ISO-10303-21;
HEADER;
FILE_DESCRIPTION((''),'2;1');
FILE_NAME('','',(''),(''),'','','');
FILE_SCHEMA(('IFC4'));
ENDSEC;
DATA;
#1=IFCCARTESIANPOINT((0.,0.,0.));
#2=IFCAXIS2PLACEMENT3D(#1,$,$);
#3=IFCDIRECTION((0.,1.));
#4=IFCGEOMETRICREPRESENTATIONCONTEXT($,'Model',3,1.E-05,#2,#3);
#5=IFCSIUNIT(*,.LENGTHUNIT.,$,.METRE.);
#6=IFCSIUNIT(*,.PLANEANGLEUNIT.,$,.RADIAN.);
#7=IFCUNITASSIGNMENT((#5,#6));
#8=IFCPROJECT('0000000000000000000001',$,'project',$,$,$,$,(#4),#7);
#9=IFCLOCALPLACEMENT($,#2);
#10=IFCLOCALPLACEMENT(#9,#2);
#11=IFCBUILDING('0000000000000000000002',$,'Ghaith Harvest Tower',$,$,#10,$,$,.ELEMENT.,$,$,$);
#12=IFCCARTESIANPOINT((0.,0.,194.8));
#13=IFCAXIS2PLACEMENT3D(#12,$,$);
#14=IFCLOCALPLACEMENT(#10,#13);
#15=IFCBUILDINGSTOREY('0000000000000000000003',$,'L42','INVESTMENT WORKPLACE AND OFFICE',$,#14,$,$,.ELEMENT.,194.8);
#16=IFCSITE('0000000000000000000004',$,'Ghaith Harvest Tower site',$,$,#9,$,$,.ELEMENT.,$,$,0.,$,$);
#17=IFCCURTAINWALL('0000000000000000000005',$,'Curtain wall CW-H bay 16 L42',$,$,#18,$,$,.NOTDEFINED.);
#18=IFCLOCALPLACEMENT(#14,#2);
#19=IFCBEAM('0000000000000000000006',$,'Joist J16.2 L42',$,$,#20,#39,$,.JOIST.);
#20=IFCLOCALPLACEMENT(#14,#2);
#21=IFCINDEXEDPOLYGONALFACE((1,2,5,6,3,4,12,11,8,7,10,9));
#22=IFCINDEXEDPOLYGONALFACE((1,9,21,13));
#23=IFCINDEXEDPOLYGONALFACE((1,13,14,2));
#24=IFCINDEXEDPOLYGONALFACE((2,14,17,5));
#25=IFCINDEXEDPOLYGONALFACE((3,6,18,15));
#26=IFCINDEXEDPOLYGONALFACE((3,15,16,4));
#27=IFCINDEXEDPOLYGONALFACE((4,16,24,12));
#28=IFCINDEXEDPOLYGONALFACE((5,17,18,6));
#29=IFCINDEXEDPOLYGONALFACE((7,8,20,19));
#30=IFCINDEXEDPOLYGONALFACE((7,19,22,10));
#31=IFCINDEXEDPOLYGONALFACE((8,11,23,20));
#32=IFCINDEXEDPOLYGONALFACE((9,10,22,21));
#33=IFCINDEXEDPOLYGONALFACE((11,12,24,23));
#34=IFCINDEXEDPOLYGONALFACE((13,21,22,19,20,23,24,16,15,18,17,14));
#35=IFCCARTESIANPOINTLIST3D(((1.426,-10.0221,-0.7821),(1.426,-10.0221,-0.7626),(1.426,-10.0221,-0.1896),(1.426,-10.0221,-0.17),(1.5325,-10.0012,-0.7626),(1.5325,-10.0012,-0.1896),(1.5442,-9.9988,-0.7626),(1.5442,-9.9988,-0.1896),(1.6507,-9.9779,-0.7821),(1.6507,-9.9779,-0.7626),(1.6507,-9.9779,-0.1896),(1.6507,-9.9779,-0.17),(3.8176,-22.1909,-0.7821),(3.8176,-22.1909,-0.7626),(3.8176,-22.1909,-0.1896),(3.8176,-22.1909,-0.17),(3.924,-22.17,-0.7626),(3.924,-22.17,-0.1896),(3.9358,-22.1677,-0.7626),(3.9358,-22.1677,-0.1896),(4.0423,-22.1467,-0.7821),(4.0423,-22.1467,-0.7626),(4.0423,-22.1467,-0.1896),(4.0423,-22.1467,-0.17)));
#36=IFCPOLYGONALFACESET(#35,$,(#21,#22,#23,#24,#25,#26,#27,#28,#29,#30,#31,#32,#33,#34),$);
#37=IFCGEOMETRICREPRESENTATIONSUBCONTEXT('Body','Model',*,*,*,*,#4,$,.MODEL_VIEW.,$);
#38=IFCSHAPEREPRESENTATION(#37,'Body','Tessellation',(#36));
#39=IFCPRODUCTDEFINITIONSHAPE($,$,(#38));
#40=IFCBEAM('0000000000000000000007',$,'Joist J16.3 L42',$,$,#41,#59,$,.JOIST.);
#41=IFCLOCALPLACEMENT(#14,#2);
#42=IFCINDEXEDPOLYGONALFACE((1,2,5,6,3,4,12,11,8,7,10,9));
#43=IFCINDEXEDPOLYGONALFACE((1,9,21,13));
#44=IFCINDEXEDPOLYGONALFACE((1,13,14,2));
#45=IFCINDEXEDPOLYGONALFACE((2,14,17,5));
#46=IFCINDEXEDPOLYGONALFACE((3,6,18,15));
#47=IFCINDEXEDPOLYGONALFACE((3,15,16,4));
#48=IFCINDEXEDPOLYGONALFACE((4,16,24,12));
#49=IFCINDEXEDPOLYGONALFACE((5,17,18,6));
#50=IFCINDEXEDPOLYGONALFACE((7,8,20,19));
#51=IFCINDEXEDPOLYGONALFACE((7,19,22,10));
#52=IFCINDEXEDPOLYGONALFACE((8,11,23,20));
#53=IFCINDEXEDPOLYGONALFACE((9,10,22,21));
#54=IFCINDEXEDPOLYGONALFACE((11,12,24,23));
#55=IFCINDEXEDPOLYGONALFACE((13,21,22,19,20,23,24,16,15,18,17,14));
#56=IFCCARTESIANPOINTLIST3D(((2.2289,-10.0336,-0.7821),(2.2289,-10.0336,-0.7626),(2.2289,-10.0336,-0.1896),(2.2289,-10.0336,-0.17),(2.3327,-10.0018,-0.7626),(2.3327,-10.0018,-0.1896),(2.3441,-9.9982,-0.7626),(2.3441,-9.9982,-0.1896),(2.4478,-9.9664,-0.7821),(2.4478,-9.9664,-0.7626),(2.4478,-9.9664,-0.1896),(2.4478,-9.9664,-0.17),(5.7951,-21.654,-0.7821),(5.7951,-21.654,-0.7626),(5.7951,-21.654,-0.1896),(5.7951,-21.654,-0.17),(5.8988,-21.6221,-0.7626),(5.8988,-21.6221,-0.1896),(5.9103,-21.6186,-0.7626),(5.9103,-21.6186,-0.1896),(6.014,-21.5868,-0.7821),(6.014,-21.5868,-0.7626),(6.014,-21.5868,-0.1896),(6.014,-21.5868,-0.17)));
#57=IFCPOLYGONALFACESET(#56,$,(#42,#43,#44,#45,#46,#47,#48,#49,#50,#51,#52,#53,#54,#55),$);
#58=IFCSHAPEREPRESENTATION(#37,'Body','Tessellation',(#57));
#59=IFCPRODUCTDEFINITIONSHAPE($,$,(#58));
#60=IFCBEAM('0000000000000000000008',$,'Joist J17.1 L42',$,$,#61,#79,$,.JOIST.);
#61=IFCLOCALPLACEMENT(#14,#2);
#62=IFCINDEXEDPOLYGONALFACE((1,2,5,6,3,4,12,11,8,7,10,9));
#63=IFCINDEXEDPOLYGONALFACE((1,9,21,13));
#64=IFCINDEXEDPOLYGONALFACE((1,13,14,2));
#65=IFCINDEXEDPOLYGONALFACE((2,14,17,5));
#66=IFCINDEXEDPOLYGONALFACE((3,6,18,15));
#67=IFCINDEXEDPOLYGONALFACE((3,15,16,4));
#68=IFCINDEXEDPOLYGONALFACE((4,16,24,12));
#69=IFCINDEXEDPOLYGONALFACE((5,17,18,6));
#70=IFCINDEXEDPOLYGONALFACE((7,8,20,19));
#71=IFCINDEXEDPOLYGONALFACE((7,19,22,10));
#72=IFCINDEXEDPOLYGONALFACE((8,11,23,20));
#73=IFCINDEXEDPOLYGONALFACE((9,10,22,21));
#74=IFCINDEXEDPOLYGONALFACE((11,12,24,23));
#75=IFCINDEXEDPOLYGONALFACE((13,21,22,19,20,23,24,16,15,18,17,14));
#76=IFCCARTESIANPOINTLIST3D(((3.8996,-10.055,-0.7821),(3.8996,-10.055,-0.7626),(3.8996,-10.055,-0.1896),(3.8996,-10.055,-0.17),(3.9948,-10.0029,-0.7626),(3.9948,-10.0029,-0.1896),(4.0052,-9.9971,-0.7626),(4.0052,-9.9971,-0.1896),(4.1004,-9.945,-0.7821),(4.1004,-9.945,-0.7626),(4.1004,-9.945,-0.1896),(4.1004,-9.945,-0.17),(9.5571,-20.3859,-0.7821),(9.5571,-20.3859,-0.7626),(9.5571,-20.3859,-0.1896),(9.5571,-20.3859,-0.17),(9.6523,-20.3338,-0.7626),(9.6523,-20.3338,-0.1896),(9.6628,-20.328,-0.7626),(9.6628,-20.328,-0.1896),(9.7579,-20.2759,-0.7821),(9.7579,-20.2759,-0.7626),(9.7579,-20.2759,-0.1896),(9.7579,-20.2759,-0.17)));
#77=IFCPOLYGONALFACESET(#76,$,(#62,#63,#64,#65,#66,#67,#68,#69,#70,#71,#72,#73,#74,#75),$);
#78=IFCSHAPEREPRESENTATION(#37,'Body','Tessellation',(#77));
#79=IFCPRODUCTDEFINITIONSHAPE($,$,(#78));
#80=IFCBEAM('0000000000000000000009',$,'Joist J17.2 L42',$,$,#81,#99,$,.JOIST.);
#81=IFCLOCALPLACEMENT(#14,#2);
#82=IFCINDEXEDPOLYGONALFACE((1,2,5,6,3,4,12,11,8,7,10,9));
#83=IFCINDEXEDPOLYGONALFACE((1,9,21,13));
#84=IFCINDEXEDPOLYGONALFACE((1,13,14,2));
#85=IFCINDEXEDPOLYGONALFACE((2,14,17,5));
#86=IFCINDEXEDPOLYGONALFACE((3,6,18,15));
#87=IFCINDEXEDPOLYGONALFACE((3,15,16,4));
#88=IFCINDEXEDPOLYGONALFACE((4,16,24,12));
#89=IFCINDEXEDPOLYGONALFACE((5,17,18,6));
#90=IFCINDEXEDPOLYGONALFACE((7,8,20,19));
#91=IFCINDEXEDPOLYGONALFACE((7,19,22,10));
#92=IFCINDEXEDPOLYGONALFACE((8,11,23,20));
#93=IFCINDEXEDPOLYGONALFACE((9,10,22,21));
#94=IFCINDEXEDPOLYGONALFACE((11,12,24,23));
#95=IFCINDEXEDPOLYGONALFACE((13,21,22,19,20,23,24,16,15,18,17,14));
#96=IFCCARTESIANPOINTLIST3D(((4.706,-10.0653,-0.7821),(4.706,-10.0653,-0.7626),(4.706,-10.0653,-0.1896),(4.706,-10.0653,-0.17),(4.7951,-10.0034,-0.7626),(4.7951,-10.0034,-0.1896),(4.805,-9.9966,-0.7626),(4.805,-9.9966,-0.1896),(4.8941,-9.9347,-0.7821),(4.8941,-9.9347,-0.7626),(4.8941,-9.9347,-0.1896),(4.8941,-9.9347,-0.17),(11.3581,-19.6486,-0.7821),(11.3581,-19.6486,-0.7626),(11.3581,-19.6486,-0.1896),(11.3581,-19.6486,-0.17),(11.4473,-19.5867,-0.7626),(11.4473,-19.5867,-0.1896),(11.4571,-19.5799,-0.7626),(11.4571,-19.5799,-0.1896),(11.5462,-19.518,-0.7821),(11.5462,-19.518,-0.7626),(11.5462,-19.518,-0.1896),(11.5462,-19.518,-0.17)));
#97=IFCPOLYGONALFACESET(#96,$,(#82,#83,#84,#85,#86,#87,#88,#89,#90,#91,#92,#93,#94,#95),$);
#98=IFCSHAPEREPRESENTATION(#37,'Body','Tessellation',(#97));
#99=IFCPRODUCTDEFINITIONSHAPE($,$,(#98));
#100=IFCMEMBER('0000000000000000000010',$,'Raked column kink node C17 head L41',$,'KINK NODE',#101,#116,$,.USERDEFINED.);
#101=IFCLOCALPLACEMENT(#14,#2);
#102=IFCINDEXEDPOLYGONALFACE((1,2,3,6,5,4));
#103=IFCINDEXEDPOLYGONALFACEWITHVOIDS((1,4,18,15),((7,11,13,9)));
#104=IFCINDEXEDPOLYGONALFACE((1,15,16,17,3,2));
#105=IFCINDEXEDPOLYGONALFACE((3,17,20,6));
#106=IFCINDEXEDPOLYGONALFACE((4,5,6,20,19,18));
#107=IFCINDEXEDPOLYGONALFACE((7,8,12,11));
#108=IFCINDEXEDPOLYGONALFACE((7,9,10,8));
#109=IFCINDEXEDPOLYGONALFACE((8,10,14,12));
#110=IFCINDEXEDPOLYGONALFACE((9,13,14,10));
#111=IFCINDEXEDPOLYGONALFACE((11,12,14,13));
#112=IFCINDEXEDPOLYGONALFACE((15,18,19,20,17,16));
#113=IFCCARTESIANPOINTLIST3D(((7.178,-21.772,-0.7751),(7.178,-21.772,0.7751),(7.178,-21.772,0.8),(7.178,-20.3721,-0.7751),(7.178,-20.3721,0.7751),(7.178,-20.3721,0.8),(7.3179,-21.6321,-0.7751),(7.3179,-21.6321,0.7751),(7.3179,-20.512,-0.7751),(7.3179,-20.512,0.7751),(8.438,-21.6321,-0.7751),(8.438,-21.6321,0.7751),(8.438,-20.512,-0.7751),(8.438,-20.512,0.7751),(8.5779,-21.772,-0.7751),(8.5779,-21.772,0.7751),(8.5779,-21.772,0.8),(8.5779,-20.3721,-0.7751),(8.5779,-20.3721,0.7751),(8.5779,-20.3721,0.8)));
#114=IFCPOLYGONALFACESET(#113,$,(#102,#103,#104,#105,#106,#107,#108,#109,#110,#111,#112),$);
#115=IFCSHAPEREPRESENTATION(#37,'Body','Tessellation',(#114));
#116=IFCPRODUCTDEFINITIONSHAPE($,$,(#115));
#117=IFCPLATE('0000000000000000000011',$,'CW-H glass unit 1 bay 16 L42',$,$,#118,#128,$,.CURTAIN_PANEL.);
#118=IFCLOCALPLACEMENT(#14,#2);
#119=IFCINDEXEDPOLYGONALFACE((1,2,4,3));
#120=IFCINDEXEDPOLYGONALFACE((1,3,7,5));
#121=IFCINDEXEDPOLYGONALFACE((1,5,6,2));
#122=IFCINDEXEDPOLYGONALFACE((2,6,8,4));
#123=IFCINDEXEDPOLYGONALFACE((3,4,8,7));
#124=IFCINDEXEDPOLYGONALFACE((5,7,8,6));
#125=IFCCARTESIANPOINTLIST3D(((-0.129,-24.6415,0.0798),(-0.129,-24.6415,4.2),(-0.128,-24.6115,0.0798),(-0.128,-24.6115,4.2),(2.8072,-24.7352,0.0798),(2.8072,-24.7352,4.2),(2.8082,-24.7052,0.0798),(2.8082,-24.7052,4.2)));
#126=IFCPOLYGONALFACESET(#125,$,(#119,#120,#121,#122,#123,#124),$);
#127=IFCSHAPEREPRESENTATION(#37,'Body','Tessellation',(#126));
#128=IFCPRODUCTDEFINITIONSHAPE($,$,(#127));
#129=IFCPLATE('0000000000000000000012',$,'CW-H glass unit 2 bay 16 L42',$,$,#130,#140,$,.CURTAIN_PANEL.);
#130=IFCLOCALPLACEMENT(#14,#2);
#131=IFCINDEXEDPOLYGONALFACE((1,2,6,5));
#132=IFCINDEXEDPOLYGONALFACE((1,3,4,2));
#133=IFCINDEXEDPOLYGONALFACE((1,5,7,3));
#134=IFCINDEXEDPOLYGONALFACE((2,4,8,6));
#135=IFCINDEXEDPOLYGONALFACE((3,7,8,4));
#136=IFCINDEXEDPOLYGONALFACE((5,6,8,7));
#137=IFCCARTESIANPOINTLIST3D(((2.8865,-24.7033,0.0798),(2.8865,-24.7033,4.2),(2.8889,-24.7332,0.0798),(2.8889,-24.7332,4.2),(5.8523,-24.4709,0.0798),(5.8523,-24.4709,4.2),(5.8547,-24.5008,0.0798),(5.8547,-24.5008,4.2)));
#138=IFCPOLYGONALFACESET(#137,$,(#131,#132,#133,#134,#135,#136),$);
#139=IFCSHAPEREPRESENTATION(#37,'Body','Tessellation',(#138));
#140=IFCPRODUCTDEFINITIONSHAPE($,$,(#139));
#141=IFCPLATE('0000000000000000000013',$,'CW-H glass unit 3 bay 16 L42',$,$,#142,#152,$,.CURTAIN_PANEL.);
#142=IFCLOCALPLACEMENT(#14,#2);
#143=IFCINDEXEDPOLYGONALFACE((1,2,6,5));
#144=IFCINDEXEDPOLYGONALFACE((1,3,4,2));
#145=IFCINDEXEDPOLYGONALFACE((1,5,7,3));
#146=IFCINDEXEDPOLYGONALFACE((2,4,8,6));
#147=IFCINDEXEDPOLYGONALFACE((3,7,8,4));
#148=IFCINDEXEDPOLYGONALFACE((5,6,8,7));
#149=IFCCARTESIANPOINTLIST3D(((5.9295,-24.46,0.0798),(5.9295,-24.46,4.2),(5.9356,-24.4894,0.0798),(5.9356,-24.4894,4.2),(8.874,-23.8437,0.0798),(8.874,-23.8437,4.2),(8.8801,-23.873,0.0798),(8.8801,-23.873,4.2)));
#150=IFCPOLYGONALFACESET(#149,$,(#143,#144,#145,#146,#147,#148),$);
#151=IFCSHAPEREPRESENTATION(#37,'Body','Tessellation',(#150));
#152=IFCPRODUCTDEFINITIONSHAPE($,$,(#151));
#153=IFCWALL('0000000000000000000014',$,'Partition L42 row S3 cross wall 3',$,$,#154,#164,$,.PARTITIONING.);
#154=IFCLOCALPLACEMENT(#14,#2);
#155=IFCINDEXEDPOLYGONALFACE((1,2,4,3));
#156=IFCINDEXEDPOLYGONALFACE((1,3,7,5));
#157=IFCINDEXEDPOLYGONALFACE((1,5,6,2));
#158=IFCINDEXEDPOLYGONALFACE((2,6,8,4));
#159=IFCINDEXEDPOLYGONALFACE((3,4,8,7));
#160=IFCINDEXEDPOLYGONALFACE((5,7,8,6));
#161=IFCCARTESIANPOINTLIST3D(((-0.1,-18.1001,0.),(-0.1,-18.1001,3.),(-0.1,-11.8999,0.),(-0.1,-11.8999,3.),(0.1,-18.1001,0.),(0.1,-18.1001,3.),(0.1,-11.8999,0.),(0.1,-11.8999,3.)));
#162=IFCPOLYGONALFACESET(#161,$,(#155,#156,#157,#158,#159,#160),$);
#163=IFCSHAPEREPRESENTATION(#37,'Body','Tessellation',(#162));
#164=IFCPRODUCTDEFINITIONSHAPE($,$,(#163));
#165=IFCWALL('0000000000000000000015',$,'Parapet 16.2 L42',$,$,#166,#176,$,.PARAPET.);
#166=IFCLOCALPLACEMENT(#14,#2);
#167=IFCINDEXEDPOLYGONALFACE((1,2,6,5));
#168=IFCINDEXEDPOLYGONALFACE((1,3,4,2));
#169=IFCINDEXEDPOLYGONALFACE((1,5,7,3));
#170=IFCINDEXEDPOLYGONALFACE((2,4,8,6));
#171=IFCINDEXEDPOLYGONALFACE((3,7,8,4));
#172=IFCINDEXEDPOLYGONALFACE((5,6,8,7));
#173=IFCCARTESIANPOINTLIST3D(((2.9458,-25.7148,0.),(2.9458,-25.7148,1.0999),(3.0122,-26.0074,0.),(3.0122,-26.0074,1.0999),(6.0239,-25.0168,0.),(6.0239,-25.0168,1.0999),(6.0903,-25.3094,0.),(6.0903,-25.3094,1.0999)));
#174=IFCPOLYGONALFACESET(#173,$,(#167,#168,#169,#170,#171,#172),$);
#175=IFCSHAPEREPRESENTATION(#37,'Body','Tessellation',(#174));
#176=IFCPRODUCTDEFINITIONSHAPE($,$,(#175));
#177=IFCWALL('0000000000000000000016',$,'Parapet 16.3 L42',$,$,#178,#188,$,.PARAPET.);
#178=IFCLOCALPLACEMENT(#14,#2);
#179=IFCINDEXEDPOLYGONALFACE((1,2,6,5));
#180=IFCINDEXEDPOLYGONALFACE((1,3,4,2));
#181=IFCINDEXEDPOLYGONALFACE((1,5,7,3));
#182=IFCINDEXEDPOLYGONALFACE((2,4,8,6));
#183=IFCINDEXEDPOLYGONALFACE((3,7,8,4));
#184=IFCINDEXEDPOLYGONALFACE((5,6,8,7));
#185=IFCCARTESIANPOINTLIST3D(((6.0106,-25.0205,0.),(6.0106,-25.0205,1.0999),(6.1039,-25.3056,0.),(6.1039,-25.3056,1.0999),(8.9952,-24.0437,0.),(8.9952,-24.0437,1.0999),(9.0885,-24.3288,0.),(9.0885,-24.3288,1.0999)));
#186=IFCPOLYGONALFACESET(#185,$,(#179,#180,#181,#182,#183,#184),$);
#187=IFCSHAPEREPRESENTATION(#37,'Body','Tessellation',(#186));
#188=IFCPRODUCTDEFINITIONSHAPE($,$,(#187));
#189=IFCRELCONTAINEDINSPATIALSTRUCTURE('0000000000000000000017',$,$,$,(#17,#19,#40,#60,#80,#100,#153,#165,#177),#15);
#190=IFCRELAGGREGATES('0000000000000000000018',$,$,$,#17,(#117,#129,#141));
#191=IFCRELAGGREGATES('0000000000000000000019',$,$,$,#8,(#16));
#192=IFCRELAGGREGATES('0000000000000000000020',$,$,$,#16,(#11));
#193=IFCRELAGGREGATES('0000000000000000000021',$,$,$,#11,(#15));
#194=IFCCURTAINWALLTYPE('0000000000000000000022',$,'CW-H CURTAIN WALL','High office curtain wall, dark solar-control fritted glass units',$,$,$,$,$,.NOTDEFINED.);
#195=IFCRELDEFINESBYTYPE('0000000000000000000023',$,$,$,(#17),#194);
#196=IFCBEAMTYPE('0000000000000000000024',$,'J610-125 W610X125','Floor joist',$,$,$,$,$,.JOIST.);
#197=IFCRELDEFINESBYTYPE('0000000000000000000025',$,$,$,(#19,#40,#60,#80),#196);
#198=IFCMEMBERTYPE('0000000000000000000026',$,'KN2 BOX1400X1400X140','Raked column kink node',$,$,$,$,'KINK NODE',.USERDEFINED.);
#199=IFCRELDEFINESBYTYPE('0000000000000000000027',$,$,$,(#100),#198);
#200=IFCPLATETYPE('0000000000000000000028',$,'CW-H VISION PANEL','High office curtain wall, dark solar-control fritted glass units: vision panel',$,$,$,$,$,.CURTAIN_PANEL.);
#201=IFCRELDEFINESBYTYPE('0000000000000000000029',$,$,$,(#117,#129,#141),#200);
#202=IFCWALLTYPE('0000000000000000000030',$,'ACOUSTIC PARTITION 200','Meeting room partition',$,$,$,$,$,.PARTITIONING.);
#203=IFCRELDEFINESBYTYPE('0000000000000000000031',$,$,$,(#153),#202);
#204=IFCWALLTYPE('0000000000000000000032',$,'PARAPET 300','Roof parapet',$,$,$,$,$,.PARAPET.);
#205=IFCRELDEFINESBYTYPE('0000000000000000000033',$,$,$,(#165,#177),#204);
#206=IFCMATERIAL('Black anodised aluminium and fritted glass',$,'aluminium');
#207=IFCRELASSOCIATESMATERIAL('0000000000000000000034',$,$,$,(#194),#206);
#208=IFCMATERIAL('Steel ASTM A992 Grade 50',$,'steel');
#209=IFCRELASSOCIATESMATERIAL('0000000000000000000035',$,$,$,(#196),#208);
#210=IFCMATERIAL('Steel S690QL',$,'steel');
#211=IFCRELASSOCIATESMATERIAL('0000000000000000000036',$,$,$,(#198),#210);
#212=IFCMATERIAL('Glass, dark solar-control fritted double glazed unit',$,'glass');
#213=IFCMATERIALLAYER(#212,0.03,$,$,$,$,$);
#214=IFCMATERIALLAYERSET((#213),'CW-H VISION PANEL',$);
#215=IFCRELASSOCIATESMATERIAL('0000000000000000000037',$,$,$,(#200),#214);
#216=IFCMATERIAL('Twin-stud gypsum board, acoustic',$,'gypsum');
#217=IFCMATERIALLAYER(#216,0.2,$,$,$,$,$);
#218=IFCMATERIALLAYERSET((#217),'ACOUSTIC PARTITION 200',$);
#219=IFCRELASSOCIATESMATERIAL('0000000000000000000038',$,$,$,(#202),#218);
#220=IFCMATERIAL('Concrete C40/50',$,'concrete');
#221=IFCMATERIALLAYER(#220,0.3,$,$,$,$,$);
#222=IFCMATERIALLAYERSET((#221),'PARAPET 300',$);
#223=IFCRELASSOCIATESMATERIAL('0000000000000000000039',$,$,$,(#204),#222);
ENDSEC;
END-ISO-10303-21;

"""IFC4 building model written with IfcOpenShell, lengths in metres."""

from ifc_helpers import new_model, si_unit, direction, frame, frame_2d, origin, origin_2d, place, context, subcontext, project, spatial, rectangle, hollow_rectangle, i_section, extrude, boolean, material, layer, layer_set, material_profile, profile_set, type_object, element, aggregate, save


model = new_model("IFC4")

# Units and contexts
model_context = context("Model", 3, precision=1e-05, world=origin(), true_north=direction((0.0, 1.0)))
body_context = subcontext(model_context, "Body", "Model", "MODEL_VIEW")
ifc_project = project(units=[si_unit("LENGTHUNIT", "METRE"), si_unit("PLANEANGLEUNIT", "RADIAN")], contexts=[model_context])

# Site, building, storey
site_placement = place(None, origin())
site = spatial("IfcSite", under=ifc_project, at=site_placement, Name="Ghaith Harvest Tower site", CompositionType="ELEMENT", RefElevation=0.0)
building_placement = place(site_placement, origin())
building = spatial("IfcBuilding", under=site, at=building_placement, Name="Ghaith Harvest Tower", CompositionType="ELEMENT")
storey_placement = place(building_placement, frame((0.0, 0.0, 194.8)))
storey = spatial("IfcBuildingStorey", under=building, at=storey_placement, Name="L42", Description="INVESTMENT WORKPLACE AND OFFICE", CompositionType="ELEMENT", Elevation=194.8)

# Curtain wall
ifc_material_1 = material(Name="Black anodised aluminium and fritted glass", Category="aluminium")
curtain_wall_type = type_object("IfcCurtainWallType", Name="CW-H CURTAIN WALL", Description="High office curtain wall, dark solar-control fritted glass units", PredefinedType="NOTDEFINED", material=ifc_material_1)
curtain_wall_placement = place(storey_placement, origin())
curtain_wall = element("IfcCurtainWall", 1, at=curtain_wall_placement, inside=storey, type_object=curtain_wall_type, Name="Curtain wall CW-H bay 16 L42", PredefinedType="NOTDEFINED")

# Beams
ifc_material_2 = material(Name="Steel ASTM A992 Grade 50", Category="steel")
ifc_material_profile_1 = material_profile(ifc_material_2, i_section(OverallWidth=0.229, OverallDepth=0.6121, WebThickness=0.012, FlangeThickness=0.0195, at=origin_2d()), Name="W610X125")
ifc_profile_set_1 = profile_set([ifc_material_profile_1], Name="Steel ASTM A992 Grade 50")
beam_type_1 = type_object("IfcBeamType", Name="J610-125 W610X125", Description="Floor joist", PredefinedType="JOIST", material=ifc_profile_set_1)
beam_1_placement = place(storey_placement, frame((1.5383, -10.0, -0.4761), z_axis=(0.192844, -0.981229, 0.0), x_axis=(0.981229, 0.192844, 0.0)))
element("IfcBeam", 2, at=beam_1_placement, inside=storey, type_object=beam_type_1, Name="Joist J16.2 L42", PredefinedType="JOIST", context=body_context, shape_type="SweptSolid", body=[
    extrude(i_section(OverallWidth=0.229, OverallDepth=0.6121, WebThickness=0.012, FlangeThickness=0.0195, at=origin_2d()), origin(), (0.0, 0.0, 1.0), 12.4016),
])
beam_2_placement = place(storey_placement, frame((2.3384, -10.0, -0.4761), z_axis=(0.293384, -0.955995, 0.0), x_axis=(0.955995, 0.293384, 0.0)))
element("IfcBeam", 3, at=beam_2_placement, inside=storey, type_object=beam_type_1, Name="Joist J16.3 L42", PredefinedType="JOIST", context=body_context, shape_type="SweptSolid", body=[
    extrude(i_section(OverallWidth=0.229, OverallDepth=0.6121, WebThickness=0.012, FlangeThickness=0.0195, at=origin_2d()), origin(), (0.0, 0.0, 1.0), 12.1553),
])
beam_3_placement = place(storey_placement, frame((4.0, -10.0, -0.4761), z_axis=(0.480323, -0.877092, 0.0), x_axis=(0.877092, 0.480323, 0.0)))
element("IfcBeam", 4, at=beam_3_placement, inside=storey, type_object=beam_type_1, Name="Joist J17.1 L42", PredefinedType="JOIST", context=body_context, shape_type="SweptSolid", body=[
    extrude(i_section(OverallWidth=0.229, OverallDepth=0.6121, WebThickness=0.012, FlangeThickness=0.0195, at=origin_2d()), origin(), (0.0, 0.0, 1.0), 11.7786),
])
beam_4_placement = place(storey_placement, frame((4.8, -10.0, -0.4761), z_axis=(0.570226, -0.821488, 0.0), x_axis=(0.821488, 0.570226, 0.0)))
element("IfcBeam", 5, at=beam_4_placement, inside=storey, type_object=beam_type_1, Name="Joist J17.2 L42", PredefinedType="JOIST", context=body_context, shape_type="SweptSolid", body=[
    extrude(i_section(OverallWidth=0.229, OverallDepth=0.6121, WebThickness=0.012, FlangeThickness=0.0195, at=origin_2d()), origin(), (0.0, 0.0, 1.0), 11.6658),
])

# Member
ifc_material_3 = material(Name="Steel S690QL", Category="steel")
ifc_material_profile_2 = material_profile(ifc_material_3, hollow_rectangle(XDim=1.3999, YDim=1.3999, WallThickness=0.1399, at=origin_2d()), Name="BOX1400X1400X140")
ifc_profile_set_2 = profile_set([ifc_material_profile_2], Name="Steel S690QL")
member_type_1 = type_object("IfcMemberType", Name="KN2 BOX1400X1400X140", Description="Raked column kink node", ElementType="KINK NODE", PredefinedType="USERDEFINED", material=ifc_profile_set_2)
member_1_placement = place(storey_placement, frame((7.8779, -21.072, -0.7751), z_axis=(0.0, 0.0, 1.0), x_axis=(1.0, 0.0, 0.0)))
element("IfcMember", 6, at=member_1_placement, inside=storey, type_object=member_type_1, Name="Raked column kink node C17 head L41", ObjectType="KINK NODE", PredefinedType="USERDEFINED", context=body_context, shape_type="CSG", body=[
    boolean("UNION", extrude(hollow_rectangle(XDim=1.3999, YDim=1.3999, WallThickness=0.1399, at=origin_2d()), origin(), (0.0, 0.0, 1.0), 1.5503), extrude(rectangle(XDim=1.3999, YDim=1.3999, at=origin_2d()), frame((0.0, 0.0, 1.5503)), (0.0, 0.0, 1.0), 0.0249)),
])

# Plates
ifc_material_4 = material(Name="Glass, dark solar-control fritted double glazed unit", Category="glass")
ifc_layer_1 = layer(ifc_material_4, 0.03)
ifc_layer_set_1 = layer_set([ifc_layer_1], Name="CW-H VISION PANEL")
plate_type = type_object("IfcPlateType", Name="CW-H VISION PANEL", Description="High office curtain wall, dark solar-control fritted glass units: vision panel", PredefinedType="CURTAIN_PANEL", material=ifc_layer_set_1)
plate_1_placement = place(storey_placement, frame((1.3396, -24.6733, 0.0798), z_axis=(0.0, 0.0, 1.0), x_axis=(0.999491, -0.031894, 0.0)))
plate_1 = element("IfcPlate", 7, at=plate_1_placement, type_object=plate_type, Name="CW-H glass unit 1 bay 16 L42", PredefinedType="CURTAIN_PANEL", context=body_context, shape_type="SweptSolid", body=[
    extrude(rectangle(XDim=2.9377, YDim=0.03, at=origin_2d()), origin(), (0.0, 0.0, 1.0), 4.1201),
])
plate_2_placement = place(storey_placement, frame((4.3706, -24.6021, 0.0798), z_axis=(0.0, 0.0, 1.0), x_axis=(0.996945, 0.078101, 0.0)))
plate_2 = element("IfcPlate", 8, at=plate_2_placement, type_object=plate_type, Name="CW-H glass unit 2 bay 16 L42", PredefinedType="CURTAIN_PANEL", context=body_context, shape_type="SweptSolid", body=[
    extrude(rectangle(XDim=2.9749, YDim=0.03, at=origin_2d()), origin(), (0.0, 0.0, 1.0), 4.1201),
])
plate_3_placement = place(storey_placement, frame((7.4048, -24.1665, 0.0798), z_axis=(0.0, 0.0, 1.0), x_axis=(0.978789, 0.204872, 0.0)))
plate_3 = element("IfcPlate", 9, at=plate_3_placement, type_object=plate_type, Name="CW-H glass unit 3 bay 16 L42", PredefinedType="CURTAIN_PANEL", context=body_context, shape_type="SweptSolid", body=[
    extrude(rectangle(XDim=3.0083, YDim=0.03, at=origin_2d()), origin(), (0.0, 0.0, 1.0), 4.1201),
])
aggregate(curtain_wall, [plate_1, plate_2, plate_3])

# Walls
ifc_material_5 = material(Name="Twin-stud gypsum board, acoustic", Category="gypsum")
ifc_layer_2 = layer(ifc_material_5, 0.2)
ifc_layer_set_2 = layer_set([ifc_layer_2], Name="ACOUSTIC PARTITION 200")
wall_type_1 = type_object("IfcWallType", Name="ACOUSTIC PARTITION 200", Description="Meeting room partition", PredefinedType="PARTITIONING", material=ifc_layer_set_2)
wall_1_placement = place(storey_placement, frame((0.0, -11.8999, 0.0), z_axis=(0.0, 0.0, 1.0), x_axis=(0.0, -1.0, 0.0)))
element("IfcWall", 10, at=wall_1_placement, inside=storey, type_object=wall_type_1, Name="Partition L42 row S3 cross wall 3", PredefinedType="PARTITIONING", context=body_context, shape_type="SweptSolid", body=[
    extrude(rectangle(XDim=6.2002, YDim=0.2, at=frame_2d((3.1001, 0.0))), origin(), (0.0, 0.0, 1.0), 3.0),
])
ifc_material_6 = material(Name="Concrete C40/50", Category="concrete")
ifc_layer_3 = layer(ifc_material_6, 0.3)
ifc_layer_set_3 = layer_set([ifc_layer_3], Name="PARAPET 300")
wall_type_2 = type_object("IfcWallType", Name="PARAPET 300", Description="Roof parapet", PredefinedType="PARAPET", material=ifc_layer_set_3)
wall_2_placement = place(storey_placement, frame((2.979, -25.8611, 0.0), z_axis=(0.0, 0.0, 1.0), x_axis=(0.975241, 0.221146, 0.0)))
element("IfcWall", 11, at=wall_2_placement, inside=storey, type_object=wall_type_2, Name="Parapet 16.2 L42", PredefinedType="PARAPET", context=body_context, shape_type="SweptSolid", body=[
    extrude(rectangle(XDim=3.1562, YDim=0.3, at=frame_2d((1.5781, 0.0))), origin(), (0.0, 0.0, 1.0), 1.0999),
])
wall_3_placement = place(storey_placement, frame((6.0571, -25.1631, 0.0), z_axis=(0.0, 0.0, 1.0), x_axis=(0.950395, 0.311045, 0.0)))
element("IfcWall", 12, at=wall_3_placement, inside=storey, type_object=wall_type_2, Name="Parapet 16.3 L42", PredefinedType="PARAPET", context=body_context, shape_type="SweptSolid", body=[
    extrude(rectangle(XDim=3.1404, YDim=0.3, at=frame_2d((1.5703, 0.0))), origin(), (0.0, 0.0, 1.0), 1.0999),
])

save(model, "model.ifc")
